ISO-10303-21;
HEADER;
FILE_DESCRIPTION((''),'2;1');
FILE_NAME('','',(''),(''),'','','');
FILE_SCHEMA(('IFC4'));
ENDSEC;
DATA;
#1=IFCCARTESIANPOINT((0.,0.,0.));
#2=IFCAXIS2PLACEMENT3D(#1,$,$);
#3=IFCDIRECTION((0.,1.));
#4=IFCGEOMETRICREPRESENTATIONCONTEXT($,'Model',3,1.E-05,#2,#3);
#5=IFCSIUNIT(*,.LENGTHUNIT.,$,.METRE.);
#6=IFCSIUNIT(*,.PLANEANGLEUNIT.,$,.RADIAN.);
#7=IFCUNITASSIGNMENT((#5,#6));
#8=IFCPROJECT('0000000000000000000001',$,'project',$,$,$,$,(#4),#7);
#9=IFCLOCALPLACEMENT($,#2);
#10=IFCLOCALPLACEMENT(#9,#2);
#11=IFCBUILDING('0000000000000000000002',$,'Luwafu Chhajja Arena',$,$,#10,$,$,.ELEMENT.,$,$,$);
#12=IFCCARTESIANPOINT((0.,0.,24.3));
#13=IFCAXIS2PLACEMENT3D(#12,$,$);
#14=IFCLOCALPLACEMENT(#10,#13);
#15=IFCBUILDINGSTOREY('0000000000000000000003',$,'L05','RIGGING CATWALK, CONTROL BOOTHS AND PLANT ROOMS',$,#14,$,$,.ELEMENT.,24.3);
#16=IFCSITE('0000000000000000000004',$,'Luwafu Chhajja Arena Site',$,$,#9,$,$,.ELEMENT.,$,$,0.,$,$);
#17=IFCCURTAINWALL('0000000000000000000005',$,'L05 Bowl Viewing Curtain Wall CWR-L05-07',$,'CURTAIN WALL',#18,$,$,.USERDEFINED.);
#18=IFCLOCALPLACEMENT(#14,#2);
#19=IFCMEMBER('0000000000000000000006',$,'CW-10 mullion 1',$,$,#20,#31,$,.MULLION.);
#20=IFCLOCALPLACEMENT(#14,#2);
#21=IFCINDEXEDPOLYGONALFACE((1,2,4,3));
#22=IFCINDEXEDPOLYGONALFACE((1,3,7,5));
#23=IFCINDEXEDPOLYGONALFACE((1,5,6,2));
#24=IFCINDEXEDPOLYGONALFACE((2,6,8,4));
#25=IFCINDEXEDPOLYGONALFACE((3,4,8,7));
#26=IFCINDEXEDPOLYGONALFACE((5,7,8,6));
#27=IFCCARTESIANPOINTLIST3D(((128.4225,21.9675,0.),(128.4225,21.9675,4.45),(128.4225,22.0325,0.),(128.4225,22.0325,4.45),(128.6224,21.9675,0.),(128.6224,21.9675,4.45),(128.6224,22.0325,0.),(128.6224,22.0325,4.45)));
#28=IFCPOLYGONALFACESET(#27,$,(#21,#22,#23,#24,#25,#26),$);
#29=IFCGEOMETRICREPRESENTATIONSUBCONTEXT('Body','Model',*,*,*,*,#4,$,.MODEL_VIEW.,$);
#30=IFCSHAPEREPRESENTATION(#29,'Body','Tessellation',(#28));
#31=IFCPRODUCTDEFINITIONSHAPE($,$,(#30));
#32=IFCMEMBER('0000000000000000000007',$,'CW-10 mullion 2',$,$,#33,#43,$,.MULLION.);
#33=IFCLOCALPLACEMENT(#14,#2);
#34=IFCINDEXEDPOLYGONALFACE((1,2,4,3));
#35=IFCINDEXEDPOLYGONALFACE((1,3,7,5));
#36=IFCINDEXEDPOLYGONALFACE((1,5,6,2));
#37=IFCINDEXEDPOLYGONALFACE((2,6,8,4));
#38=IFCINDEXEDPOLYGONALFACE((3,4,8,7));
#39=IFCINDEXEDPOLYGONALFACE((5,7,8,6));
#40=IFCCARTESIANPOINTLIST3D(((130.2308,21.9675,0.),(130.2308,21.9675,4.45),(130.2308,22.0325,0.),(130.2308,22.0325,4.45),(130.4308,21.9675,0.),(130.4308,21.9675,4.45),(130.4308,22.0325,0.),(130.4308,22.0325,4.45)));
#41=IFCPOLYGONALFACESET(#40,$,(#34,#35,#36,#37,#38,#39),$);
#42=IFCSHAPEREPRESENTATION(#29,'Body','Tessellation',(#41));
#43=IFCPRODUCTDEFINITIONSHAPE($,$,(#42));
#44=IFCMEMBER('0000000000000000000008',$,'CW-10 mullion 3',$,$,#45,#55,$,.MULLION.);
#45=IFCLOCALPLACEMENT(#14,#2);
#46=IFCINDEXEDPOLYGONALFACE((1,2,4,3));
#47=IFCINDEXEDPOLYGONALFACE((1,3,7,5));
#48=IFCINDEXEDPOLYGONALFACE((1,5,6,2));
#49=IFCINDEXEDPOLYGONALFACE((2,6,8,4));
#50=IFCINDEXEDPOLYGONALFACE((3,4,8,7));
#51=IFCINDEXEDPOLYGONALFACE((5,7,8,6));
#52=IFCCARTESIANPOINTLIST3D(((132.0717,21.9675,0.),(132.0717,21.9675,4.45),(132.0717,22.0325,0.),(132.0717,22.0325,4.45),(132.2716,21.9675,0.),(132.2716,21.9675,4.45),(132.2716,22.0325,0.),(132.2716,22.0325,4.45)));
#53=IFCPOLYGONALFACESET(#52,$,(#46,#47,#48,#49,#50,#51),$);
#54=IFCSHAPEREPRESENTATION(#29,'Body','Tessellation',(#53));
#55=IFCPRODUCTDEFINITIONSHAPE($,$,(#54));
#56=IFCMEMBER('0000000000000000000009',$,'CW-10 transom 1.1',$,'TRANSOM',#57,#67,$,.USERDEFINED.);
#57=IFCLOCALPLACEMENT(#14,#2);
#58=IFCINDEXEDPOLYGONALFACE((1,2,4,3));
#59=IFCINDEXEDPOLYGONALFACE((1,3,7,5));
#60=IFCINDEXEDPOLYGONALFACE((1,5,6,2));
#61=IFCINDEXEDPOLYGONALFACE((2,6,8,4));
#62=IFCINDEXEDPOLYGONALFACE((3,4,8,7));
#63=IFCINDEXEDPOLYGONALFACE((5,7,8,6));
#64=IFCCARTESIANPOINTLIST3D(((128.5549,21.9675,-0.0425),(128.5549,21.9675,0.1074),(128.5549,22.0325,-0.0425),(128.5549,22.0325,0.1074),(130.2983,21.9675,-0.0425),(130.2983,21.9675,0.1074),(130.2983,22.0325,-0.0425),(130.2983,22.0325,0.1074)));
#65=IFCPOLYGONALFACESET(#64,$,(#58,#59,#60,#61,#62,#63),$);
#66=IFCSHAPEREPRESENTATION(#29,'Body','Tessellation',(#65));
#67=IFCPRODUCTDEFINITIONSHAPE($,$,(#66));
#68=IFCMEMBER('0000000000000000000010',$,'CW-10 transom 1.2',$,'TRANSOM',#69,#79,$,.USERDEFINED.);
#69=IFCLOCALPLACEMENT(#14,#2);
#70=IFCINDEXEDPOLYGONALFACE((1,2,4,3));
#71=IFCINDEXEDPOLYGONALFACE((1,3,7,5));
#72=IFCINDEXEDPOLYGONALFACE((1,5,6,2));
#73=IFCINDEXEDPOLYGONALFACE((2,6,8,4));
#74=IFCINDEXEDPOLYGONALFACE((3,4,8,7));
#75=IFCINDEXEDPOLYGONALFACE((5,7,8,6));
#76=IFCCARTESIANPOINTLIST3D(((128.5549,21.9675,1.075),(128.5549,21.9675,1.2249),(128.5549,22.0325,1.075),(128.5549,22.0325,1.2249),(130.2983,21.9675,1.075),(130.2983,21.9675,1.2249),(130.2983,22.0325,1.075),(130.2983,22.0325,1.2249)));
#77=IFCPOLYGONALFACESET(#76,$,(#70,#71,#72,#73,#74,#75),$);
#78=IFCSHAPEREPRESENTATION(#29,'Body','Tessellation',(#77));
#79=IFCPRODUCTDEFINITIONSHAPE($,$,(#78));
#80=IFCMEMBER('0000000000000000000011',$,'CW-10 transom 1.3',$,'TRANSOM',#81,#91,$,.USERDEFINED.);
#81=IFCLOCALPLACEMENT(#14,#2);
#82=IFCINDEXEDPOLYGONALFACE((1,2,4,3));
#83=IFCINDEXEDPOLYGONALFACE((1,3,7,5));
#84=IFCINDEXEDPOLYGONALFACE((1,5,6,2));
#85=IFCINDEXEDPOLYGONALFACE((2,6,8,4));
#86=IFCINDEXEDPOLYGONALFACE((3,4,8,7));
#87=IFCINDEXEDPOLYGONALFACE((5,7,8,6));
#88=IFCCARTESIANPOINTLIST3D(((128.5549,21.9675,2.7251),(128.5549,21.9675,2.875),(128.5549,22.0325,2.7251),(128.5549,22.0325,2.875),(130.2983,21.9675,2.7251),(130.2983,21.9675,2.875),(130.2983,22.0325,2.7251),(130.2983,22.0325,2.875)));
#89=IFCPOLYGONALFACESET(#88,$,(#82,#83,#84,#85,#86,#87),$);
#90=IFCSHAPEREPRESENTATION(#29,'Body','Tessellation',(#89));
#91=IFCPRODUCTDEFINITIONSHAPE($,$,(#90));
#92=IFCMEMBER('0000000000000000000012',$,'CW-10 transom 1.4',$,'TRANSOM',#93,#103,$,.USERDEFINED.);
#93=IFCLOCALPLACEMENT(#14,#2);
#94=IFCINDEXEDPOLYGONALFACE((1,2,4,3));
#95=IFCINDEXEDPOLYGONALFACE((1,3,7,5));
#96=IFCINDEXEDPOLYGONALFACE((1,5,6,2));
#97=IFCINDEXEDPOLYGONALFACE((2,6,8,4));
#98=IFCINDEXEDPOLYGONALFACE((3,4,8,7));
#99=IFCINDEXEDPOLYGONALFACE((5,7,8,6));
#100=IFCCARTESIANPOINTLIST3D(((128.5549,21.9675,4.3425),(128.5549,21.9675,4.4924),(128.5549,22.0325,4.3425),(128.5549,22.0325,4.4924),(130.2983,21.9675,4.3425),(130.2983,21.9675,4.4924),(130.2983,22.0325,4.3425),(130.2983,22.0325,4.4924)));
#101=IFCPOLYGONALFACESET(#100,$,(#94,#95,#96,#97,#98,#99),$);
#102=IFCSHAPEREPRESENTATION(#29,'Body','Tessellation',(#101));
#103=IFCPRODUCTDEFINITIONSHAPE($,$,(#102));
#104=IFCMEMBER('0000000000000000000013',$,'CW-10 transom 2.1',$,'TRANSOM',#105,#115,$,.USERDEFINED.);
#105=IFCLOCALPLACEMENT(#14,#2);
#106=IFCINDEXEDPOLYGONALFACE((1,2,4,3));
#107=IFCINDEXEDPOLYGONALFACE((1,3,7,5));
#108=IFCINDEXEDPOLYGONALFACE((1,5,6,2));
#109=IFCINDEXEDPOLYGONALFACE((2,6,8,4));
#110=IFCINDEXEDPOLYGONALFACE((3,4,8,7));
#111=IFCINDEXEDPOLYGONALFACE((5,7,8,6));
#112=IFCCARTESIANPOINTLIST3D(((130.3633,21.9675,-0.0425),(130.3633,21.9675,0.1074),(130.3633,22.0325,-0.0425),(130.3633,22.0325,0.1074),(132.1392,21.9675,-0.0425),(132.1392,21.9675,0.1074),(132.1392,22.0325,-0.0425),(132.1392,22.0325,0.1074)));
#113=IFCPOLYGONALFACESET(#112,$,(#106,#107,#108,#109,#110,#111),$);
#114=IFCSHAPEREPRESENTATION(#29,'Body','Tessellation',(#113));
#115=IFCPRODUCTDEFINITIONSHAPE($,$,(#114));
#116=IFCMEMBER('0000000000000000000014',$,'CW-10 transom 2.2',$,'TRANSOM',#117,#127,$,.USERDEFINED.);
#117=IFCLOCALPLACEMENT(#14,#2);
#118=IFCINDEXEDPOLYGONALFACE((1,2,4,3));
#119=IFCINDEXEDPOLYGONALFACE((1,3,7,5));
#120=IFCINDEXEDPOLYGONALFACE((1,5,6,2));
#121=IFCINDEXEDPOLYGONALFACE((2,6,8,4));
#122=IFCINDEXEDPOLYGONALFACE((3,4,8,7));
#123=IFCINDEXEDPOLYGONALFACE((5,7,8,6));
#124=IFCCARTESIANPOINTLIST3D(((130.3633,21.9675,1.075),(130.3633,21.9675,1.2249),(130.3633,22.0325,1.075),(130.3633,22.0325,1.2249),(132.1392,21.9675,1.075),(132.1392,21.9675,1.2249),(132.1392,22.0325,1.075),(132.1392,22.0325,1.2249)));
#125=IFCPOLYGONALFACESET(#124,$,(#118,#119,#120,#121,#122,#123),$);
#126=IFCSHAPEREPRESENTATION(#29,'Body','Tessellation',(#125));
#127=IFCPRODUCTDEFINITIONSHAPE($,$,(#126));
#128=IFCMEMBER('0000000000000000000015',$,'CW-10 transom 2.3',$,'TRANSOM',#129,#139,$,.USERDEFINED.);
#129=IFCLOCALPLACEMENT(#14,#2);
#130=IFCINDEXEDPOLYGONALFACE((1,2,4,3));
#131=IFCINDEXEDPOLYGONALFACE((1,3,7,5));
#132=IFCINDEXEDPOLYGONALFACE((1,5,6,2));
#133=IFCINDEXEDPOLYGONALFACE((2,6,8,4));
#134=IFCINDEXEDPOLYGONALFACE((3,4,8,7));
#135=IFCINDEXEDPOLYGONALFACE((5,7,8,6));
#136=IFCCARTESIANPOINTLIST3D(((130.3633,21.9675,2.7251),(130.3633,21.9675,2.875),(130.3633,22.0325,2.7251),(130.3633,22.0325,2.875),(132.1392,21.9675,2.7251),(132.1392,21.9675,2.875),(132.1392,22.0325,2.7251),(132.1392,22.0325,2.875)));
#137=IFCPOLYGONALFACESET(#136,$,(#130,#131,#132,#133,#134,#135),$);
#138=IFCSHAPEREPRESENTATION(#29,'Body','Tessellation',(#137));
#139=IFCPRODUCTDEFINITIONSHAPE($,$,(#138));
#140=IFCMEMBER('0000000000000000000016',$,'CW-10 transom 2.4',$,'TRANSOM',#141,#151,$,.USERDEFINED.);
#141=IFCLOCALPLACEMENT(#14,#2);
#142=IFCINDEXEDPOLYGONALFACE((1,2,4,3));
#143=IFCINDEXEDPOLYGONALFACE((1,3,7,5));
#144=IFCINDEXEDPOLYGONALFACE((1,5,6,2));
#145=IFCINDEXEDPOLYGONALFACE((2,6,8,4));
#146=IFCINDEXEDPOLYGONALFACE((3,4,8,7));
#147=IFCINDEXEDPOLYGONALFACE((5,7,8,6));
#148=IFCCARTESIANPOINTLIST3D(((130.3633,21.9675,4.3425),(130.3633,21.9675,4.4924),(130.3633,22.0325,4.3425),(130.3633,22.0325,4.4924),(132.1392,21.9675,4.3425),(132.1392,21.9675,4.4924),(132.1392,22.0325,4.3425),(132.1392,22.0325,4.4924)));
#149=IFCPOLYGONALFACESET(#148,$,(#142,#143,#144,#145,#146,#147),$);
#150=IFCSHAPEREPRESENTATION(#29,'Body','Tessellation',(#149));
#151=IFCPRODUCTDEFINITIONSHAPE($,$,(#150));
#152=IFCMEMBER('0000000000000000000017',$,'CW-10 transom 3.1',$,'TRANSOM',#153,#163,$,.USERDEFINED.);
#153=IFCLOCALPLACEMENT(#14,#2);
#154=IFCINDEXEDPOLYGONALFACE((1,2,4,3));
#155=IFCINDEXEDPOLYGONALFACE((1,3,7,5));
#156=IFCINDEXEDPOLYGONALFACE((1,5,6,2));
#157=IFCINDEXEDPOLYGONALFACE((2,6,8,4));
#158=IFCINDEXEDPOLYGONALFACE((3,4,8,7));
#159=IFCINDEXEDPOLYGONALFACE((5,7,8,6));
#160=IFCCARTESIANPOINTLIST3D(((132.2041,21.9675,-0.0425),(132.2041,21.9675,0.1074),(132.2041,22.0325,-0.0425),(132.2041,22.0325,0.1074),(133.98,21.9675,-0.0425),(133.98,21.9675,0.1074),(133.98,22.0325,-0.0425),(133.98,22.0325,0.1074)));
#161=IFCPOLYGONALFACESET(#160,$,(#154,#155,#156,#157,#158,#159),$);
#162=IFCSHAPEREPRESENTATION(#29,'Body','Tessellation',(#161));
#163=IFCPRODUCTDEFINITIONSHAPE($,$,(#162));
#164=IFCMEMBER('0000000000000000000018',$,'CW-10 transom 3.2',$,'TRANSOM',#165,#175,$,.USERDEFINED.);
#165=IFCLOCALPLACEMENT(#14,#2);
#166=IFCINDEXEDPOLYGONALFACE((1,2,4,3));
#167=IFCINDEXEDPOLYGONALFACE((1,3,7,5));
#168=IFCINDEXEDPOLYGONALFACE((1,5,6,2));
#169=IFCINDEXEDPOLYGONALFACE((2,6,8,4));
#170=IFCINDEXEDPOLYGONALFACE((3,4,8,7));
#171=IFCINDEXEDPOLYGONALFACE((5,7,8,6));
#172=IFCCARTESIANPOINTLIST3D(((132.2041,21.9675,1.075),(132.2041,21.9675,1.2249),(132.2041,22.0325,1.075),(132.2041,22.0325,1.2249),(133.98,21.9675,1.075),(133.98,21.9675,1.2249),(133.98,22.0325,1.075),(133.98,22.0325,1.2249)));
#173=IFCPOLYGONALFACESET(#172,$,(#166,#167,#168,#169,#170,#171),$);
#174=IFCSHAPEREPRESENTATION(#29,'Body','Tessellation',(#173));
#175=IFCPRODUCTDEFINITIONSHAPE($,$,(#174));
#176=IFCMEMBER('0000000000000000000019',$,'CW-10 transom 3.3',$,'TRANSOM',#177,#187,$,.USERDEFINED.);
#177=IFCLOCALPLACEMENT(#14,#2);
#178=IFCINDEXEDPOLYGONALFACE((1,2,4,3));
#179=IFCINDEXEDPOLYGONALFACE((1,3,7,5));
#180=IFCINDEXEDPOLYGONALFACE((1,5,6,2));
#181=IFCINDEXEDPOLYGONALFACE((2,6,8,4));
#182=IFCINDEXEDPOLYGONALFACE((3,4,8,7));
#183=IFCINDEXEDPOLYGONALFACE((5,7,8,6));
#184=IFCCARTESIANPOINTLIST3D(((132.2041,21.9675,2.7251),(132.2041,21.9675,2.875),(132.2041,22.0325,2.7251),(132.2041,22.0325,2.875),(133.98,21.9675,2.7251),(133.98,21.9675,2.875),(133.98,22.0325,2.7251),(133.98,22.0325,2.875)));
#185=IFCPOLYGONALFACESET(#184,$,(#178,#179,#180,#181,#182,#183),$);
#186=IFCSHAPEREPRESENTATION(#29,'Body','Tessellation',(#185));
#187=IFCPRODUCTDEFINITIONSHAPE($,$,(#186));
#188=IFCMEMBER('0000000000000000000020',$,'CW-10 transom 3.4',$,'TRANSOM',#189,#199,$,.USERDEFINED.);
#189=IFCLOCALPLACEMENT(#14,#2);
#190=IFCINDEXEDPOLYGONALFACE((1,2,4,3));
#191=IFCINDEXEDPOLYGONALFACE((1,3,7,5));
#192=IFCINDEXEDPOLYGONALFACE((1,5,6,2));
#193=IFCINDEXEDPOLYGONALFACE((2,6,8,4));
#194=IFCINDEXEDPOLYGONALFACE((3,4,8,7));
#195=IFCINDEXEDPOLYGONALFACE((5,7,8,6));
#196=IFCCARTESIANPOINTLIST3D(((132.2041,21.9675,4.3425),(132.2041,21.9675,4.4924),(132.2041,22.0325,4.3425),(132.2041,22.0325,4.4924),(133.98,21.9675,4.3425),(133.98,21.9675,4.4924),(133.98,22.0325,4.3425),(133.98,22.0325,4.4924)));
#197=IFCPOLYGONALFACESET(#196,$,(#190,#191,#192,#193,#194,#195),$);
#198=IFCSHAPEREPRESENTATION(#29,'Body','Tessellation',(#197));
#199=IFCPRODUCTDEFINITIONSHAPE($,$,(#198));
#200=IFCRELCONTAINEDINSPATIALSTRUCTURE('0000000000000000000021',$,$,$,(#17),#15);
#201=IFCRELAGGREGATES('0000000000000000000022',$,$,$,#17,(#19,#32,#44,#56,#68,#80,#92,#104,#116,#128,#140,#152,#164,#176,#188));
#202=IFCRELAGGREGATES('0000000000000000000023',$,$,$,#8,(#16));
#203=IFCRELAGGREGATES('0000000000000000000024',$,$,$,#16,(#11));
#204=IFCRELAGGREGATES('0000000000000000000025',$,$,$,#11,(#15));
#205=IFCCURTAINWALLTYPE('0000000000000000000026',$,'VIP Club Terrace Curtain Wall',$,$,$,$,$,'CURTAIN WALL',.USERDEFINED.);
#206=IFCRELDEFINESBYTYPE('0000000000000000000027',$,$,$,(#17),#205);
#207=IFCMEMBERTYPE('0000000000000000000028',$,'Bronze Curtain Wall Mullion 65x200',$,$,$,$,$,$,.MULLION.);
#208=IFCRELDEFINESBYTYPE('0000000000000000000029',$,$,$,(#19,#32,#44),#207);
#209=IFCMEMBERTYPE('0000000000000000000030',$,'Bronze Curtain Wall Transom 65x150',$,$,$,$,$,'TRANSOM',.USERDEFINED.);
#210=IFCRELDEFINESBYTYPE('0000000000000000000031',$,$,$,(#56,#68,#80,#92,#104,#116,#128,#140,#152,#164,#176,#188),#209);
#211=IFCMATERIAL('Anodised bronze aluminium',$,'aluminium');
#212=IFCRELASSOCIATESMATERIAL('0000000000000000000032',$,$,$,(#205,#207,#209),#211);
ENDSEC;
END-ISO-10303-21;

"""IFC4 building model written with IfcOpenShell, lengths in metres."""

from ifc_helpers import new_model, si_unit, direction, frame, origin, origin_2d, place, context, subcontext, project, spatial, rectangle, extrude, material, material_profile, profile_set, type_object, element, aggregate, save


model = new_model("IFC4")

# Units and contexts
model_context = context("Model", 3, precision=1e-05, world=origin(), true_north=direction((0.0, 1.0)))
body_context = subcontext(model_context, "Body", "Model", "MODEL_VIEW")
ifc_project = project(units=[si_unit("LENGTHUNIT", "METRE"), si_unit("PLANEANGLEUNIT", "RADIAN")], contexts=[model_context])

# Site, building, storey
site_placement = place(None, origin())
site = spatial("IfcSite", under=ifc_project, at=site_placement, Name="Luwafu Chhajja Arena Site", CompositionType="ELEMENT", RefElevation=0.0)
building_placement = place(site_placement, origin())
building = spatial("IfcBuilding", under=site, at=building_placement, Name="Luwafu Chhajja Arena", CompositionType="ELEMENT")
storey_placement = place(building_placement, frame((0.0, 0.0, 24.3)))
storey = spatial("IfcBuildingStorey", under=building, at=storey_placement, Name="L05", Description="RIGGING CATWALK, CONTROL BOOTHS AND PLANT ROOMS", CompositionType="ELEMENT", Elevation=24.3)

# Curtain wall, members
ifc_material_1 = material(Name="Anodised bronze aluminium", Category="aluminium")
curtain_wall_type = type_object("IfcCurtainWallType", Name="VIP Club Terrace Curtain Wall", ElementType="CURTAIN WALL", PredefinedType="USERDEFINED", material=ifc_material_1)
curtain_wall_placement = place(storey_placement, origin())
curtain_wall = element("IfcCurtainWall", 1, at=curtain_wall_placement, inside=storey, type_object=curtain_wall_type, Name="L05 Bowl Viewing Curtain Wall CWR-L05-07", ObjectType="CURTAIN WALL", PredefinedType="USERDEFINED")
ifc_material_profile_1 = material_profile(ifc_material_1, rectangle(XDim=0.0649, YDim=0.2, at=origin_2d()), Name="CWM 65x200")
ifc_profile_set_1 = profile_set([ifc_material_profile_1], Name="Anodised bronze aluminium")
member_type_1 = type_object("IfcMemberType", Name="Bronze Curtain Wall Mullion 65x200", PredefinedType="MULLION", material=ifc_profile_set_1)
member_1_placement = place(storey_placement, frame((128.5225, 22.0, 0.0), z_axis=(0.0, 0.0, 1.0), x_axis=(0.0, 1.0, 0.0)))
member_1 = element("IfcMember", 2, at=member_1_placement, type_object=member_type_1, Name="CW-10 mullion 1", PredefinedType="MULLION", context=body_context, shape_type="SweptSolid", body=[
    extrude(rectangle(XDim=0.0649, YDim=0.2, at=origin_2d()), origin(), (0.0, 0.0, 1.0), 4.45),
])
member_2_placement = place(storey_placement, frame((130.3308, 22.0, 0.0), z_axis=(0.0, 0.0, 1.0), x_axis=(0.0, 1.0, 0.0)))
member_2 = element("IfcMember", 3, at=member_2_placement, type_object=member_type_1, Name="CW-10 mullion 2", PredefinedType="MULLION", context=body_context, shape_type="SweptSolid", body=[
    extrude(rectangle(XDim=0.0649, YDim=0.2, at=origin_2d()), origin(), (0.0, 0.0, 1.0), 4.45),
])
member_3_placement = place(storey_placement, frame((132.1716, 22.0, 0.0), z_axis=(0.0, 0.0, 1.0), x_axis=(0.0, 1.0, 0.0)))
member_3 = element("IfcMember", 4, at=member_3_placement, type_object=member_type_1, Name="CW-10 mullion 3", PredefinedType="MULLION", context=body_context, shape_type="SweptSolid", body=[
    extrude(rectangle(XDim=0.0649, YDim=0.2, at=origin_2d()), origin(), (0.0, 0.0, 1.0), 4.45),
])
ifc_material_profile_2 = material_profile(ifc_material_1, rectangle(XDim=0.0649, YDim=0.1499, at=origin_2d()), Name="CWT 65x150")
ifc_profile_set_2 = profile_set([ifc_material_profile_2], Name="Anodised bronze aluminium")
member_type_2 = type_object("IfcMemberType", Name="Bronze Curtain Wall Transom 65x150", ElementType="TRANSOM", PredefinedType="USERDEFINED", material=ifc_profile_set_2)
member_4_placement = place(storey_placement, frame((128.5549, 22.0, 0.0325), z_axis=(1.0, 0.0, 0.0), x_axis=(0.0, 1.0, 0.0)))
member_4 = element("IfcMember", 5, at=member_4_placement, type_object=member_type_2, Name="CW-10 transom 1.1", ObjectType="TRANSOM", PredefinedType="USERDEFINED", context=body_context, shape_type="SweptSolid", body=[
    extrude(rectangle(XDim=0.0649, YDim=0.1499, at=origin_2d()), origin(), (0.0, 0.0, 1.0), 1.7434),
])
member_5_placement = place(storey_placement, frame((128.5549, 22.0, 1.1499), z_axis=(1.0, 0.0, 0.0), x_axis=(0.0, 1.0, 0.0)))
member_5 = element("IfcMember", 6, at=member_5_placement, type_object=member_type_2, Name="CW-10 transom 1.2", ObjectType="TRANSOM", PredefinedType="USERDEFINED", context=body_context, shape_type="SweptSolid", body=[
    extrude(rectangle(XDim=0.0649, YDim=0.1499, at=origin_2d()), origin(), (0.0, 0.0, 1.0), 1.7434),
])
member_6_placement = place(storey_placement, frame((128.5549, 22.0, 2.8), z_axis=(1.0, 0.0, 0.0), x_axis=(0.0, 1.0, 0.0)))
member_6 = element("IfcMember", 7, at=member_6_placement, type_object=member_type_2, Name="CW-10 transom 1.3", ObjectType="TRANSOM", PredefinedType="USERDEFINED", context=body_context, shape_type="SweptSolid", body=[
    extrude(rectangle(XDim=0.0649, YDim=0.1499, at=origin_2d()), origin(), (0.0, 0.0, 1.0), 1.7434),
])
member_7_placement = place(storey_placement, frame((128.5549, 22.0, 4.4175), z_axis=(1.0, 0.0, 0.0), x_axis=(0.0, 1.0, 0.0)))
member_7 = element("IfcMember", 8, at=member_7_placement, type_object=member_type_2, Name="CW-10 transom 1.4", ObjectType="TRANSOM", PredefinedType="USERDEFINED", context=body_context, shape_type="SweptSolid", body=[
    extrude(rectangle(XDim=0.0649, YDim=0.1499, at=origin_2d()), origin(), (0.0, 0.0, 1.0), 1.7434),
])
member_8_placement = place(storey_placement, frame((130.3633, 22.0, 0.0325), z_axis=(1.0, 0.0, 0.0), x_axis=(0.0, 1.0, 0.0)))
member_8 = element("IfcMember", 9, at=member_8_placement, type_object=member_type_2, Name="CW-10 transom 2.1", ObjectType="TRANSOM", PredefinedType="USERDEFINED", context=body_context, shape_type="SweptSolid", body=[
    extrude(rectangle(XDim=0.0649, YDim=0.1499, at=origin_2d()), origin(), (0.0, 0.0, 1.0), 1.7759),
])
member_9_placement = place(storey_placement, frame((130.3633, 22.0, 1.1499), z_axis=(1.0, 0.0, 0.0), x_axis=(0.0, 1.0, 0.0)))
member_9 = element("IfcMember", 10, at=member_9_placement, type_object=member_type_2, Name="CW-10 transom 2.2", ObjectType="TRANSOM", PredefinedType="USERDEFINED", context=body_context, shape_type="SweptSolid", body=[
    extrude(rectangle(XDim=0.0649, YDim=0.1499, at=origin_2d()), origin(), (0.0, 0.0, 1.0), 1.7759),
])
member_10_placement = place(storey_placement, frame((130.3633, 22.0, 2.8), z_axis=(1.0, 0.0, 0.0), x_axis=(0.0, 1.0, 0.0)))
member_10 = element("IfcMember", 11, at=member_10_placement, type_object=member_type_2, Name="CW-10 transom 2.3", ObjectType="TRANSOM", PredefinedType="USERDEFINED", context=body_context, shape_type="SweptSolid", body=[
    extrude(rectangle(XDim=0.0649, YDim=0.1499, at=origin_2d()), origin(), (0.0, 0.0, 1.0), 1.7759),
])
member_11_placement = place(storey_placement, frame((130.3633, 22.0, 4.4175), z_axis=(1.0, 0.0, 0.0), x_axis=(0.0, 1.0, 0.0)))
member_11 = element("IfcMember", 12, at=member_11_placement, type_object=member_type_2, Name="CW-10 transom 2.4", ObjectType="TRANSOM", PredefinedType="USERDEFINED", context=body_context, shape_type="SweptSolid", body=[
    extrude(rectangle(XDim=0.0649, YDim=0.1499, at=origin_2d()), origin(), (0.0, 0.0, 1.0), 1.7759),
])
member_12_placement = place(storey_placement, frame((132.2041, 22.0, 0.0325), z_axis=(1.0, 0.0, 0.0), x_axis=(0.0, 1.0, 0.0)))
member_12 = element("IfcMember", 13, at=member_12_placement, type_object=member_type_2, Name="CW-10 transom 3.1", ObjectType="TRANSOM", PredefinedType="USERDEFINED", context=body_context, shape_type="SweptSolid", body=[
    extrude(rectangle(XDim=0.0649, YDim=0.1499, at=origin_2d()), origin(), (0.0, 0.0, 1.0), 1.7759),
])
member_13_placement = place(storey_placement, frame((132.2041, 22.0, 1.1499), z_axis=(1.0, 0.0, 0.0), x_axis=(0.0, 1.0, 0.0)))
member_13 = element("IfcMember", 14, at=member_13_placement, type_object=member_type_2, Name="CW-10 transom 3.2", ObjectType="TRANSOM", PredefinedType="USERDEFINED", context=body_context, shape_type="SweptSolid", body=[
    extrude(rectangle(XDim=0.0649, YDim=0.1499, at=origin_2d()), origin(), (0.0, 0.0, 1.0), 1.7759),
])
member_14_placement = place(storey_placement, frame((132.2041, 22.0, 2.8), z_axis=(1.0, 0.0, 0.0), x_axis=(0.0, 1.0, 0.0)))
member_14 = element("IfcMember", 15, at=member_14_placement, type_object=member_type_2, Name="CW-10 transom 3.3", ObjectType="TRANSOM", PredefinedType="USERDEFINED", context=body_context, shape_type="SweptSolid", body=[
    extrude(rectangle(XDim=0.0649, YDim=0.1499, at=origin_2d()), origin(), (0.0, 0.0, 1.0), 1.7759),
])
member_15_placement = place(storey_placement, frame((132.2041, 22.0, 4.4175), z_axis=(1.0, 0.0, 0.0), x_axis=(0.0, 1.0, 0.0)))
member_15 = element("IfcMember", 16, at=member_15_placement, type_object=member_type_2, Name="CW-10 transom 3.4", ObjectType="TRANSOM", PredefinedType="USERDEFINED", context=body_context, shape_type="SweptSolid", body=[
    extrude(rectangle(XDim=0.0649, YDim=0.1499, at=origin_2d()), origin(), (0.0, 0.0, 1.0), 1.7759),
])

aggregate(curtain_wall, [member_1, member_2, member_3, member_4, member_5, member_6, member_7, member_8, member_9, member_10, member_11, member_12, member_13, member_14, member_15])

save(model, "model.ifc")
